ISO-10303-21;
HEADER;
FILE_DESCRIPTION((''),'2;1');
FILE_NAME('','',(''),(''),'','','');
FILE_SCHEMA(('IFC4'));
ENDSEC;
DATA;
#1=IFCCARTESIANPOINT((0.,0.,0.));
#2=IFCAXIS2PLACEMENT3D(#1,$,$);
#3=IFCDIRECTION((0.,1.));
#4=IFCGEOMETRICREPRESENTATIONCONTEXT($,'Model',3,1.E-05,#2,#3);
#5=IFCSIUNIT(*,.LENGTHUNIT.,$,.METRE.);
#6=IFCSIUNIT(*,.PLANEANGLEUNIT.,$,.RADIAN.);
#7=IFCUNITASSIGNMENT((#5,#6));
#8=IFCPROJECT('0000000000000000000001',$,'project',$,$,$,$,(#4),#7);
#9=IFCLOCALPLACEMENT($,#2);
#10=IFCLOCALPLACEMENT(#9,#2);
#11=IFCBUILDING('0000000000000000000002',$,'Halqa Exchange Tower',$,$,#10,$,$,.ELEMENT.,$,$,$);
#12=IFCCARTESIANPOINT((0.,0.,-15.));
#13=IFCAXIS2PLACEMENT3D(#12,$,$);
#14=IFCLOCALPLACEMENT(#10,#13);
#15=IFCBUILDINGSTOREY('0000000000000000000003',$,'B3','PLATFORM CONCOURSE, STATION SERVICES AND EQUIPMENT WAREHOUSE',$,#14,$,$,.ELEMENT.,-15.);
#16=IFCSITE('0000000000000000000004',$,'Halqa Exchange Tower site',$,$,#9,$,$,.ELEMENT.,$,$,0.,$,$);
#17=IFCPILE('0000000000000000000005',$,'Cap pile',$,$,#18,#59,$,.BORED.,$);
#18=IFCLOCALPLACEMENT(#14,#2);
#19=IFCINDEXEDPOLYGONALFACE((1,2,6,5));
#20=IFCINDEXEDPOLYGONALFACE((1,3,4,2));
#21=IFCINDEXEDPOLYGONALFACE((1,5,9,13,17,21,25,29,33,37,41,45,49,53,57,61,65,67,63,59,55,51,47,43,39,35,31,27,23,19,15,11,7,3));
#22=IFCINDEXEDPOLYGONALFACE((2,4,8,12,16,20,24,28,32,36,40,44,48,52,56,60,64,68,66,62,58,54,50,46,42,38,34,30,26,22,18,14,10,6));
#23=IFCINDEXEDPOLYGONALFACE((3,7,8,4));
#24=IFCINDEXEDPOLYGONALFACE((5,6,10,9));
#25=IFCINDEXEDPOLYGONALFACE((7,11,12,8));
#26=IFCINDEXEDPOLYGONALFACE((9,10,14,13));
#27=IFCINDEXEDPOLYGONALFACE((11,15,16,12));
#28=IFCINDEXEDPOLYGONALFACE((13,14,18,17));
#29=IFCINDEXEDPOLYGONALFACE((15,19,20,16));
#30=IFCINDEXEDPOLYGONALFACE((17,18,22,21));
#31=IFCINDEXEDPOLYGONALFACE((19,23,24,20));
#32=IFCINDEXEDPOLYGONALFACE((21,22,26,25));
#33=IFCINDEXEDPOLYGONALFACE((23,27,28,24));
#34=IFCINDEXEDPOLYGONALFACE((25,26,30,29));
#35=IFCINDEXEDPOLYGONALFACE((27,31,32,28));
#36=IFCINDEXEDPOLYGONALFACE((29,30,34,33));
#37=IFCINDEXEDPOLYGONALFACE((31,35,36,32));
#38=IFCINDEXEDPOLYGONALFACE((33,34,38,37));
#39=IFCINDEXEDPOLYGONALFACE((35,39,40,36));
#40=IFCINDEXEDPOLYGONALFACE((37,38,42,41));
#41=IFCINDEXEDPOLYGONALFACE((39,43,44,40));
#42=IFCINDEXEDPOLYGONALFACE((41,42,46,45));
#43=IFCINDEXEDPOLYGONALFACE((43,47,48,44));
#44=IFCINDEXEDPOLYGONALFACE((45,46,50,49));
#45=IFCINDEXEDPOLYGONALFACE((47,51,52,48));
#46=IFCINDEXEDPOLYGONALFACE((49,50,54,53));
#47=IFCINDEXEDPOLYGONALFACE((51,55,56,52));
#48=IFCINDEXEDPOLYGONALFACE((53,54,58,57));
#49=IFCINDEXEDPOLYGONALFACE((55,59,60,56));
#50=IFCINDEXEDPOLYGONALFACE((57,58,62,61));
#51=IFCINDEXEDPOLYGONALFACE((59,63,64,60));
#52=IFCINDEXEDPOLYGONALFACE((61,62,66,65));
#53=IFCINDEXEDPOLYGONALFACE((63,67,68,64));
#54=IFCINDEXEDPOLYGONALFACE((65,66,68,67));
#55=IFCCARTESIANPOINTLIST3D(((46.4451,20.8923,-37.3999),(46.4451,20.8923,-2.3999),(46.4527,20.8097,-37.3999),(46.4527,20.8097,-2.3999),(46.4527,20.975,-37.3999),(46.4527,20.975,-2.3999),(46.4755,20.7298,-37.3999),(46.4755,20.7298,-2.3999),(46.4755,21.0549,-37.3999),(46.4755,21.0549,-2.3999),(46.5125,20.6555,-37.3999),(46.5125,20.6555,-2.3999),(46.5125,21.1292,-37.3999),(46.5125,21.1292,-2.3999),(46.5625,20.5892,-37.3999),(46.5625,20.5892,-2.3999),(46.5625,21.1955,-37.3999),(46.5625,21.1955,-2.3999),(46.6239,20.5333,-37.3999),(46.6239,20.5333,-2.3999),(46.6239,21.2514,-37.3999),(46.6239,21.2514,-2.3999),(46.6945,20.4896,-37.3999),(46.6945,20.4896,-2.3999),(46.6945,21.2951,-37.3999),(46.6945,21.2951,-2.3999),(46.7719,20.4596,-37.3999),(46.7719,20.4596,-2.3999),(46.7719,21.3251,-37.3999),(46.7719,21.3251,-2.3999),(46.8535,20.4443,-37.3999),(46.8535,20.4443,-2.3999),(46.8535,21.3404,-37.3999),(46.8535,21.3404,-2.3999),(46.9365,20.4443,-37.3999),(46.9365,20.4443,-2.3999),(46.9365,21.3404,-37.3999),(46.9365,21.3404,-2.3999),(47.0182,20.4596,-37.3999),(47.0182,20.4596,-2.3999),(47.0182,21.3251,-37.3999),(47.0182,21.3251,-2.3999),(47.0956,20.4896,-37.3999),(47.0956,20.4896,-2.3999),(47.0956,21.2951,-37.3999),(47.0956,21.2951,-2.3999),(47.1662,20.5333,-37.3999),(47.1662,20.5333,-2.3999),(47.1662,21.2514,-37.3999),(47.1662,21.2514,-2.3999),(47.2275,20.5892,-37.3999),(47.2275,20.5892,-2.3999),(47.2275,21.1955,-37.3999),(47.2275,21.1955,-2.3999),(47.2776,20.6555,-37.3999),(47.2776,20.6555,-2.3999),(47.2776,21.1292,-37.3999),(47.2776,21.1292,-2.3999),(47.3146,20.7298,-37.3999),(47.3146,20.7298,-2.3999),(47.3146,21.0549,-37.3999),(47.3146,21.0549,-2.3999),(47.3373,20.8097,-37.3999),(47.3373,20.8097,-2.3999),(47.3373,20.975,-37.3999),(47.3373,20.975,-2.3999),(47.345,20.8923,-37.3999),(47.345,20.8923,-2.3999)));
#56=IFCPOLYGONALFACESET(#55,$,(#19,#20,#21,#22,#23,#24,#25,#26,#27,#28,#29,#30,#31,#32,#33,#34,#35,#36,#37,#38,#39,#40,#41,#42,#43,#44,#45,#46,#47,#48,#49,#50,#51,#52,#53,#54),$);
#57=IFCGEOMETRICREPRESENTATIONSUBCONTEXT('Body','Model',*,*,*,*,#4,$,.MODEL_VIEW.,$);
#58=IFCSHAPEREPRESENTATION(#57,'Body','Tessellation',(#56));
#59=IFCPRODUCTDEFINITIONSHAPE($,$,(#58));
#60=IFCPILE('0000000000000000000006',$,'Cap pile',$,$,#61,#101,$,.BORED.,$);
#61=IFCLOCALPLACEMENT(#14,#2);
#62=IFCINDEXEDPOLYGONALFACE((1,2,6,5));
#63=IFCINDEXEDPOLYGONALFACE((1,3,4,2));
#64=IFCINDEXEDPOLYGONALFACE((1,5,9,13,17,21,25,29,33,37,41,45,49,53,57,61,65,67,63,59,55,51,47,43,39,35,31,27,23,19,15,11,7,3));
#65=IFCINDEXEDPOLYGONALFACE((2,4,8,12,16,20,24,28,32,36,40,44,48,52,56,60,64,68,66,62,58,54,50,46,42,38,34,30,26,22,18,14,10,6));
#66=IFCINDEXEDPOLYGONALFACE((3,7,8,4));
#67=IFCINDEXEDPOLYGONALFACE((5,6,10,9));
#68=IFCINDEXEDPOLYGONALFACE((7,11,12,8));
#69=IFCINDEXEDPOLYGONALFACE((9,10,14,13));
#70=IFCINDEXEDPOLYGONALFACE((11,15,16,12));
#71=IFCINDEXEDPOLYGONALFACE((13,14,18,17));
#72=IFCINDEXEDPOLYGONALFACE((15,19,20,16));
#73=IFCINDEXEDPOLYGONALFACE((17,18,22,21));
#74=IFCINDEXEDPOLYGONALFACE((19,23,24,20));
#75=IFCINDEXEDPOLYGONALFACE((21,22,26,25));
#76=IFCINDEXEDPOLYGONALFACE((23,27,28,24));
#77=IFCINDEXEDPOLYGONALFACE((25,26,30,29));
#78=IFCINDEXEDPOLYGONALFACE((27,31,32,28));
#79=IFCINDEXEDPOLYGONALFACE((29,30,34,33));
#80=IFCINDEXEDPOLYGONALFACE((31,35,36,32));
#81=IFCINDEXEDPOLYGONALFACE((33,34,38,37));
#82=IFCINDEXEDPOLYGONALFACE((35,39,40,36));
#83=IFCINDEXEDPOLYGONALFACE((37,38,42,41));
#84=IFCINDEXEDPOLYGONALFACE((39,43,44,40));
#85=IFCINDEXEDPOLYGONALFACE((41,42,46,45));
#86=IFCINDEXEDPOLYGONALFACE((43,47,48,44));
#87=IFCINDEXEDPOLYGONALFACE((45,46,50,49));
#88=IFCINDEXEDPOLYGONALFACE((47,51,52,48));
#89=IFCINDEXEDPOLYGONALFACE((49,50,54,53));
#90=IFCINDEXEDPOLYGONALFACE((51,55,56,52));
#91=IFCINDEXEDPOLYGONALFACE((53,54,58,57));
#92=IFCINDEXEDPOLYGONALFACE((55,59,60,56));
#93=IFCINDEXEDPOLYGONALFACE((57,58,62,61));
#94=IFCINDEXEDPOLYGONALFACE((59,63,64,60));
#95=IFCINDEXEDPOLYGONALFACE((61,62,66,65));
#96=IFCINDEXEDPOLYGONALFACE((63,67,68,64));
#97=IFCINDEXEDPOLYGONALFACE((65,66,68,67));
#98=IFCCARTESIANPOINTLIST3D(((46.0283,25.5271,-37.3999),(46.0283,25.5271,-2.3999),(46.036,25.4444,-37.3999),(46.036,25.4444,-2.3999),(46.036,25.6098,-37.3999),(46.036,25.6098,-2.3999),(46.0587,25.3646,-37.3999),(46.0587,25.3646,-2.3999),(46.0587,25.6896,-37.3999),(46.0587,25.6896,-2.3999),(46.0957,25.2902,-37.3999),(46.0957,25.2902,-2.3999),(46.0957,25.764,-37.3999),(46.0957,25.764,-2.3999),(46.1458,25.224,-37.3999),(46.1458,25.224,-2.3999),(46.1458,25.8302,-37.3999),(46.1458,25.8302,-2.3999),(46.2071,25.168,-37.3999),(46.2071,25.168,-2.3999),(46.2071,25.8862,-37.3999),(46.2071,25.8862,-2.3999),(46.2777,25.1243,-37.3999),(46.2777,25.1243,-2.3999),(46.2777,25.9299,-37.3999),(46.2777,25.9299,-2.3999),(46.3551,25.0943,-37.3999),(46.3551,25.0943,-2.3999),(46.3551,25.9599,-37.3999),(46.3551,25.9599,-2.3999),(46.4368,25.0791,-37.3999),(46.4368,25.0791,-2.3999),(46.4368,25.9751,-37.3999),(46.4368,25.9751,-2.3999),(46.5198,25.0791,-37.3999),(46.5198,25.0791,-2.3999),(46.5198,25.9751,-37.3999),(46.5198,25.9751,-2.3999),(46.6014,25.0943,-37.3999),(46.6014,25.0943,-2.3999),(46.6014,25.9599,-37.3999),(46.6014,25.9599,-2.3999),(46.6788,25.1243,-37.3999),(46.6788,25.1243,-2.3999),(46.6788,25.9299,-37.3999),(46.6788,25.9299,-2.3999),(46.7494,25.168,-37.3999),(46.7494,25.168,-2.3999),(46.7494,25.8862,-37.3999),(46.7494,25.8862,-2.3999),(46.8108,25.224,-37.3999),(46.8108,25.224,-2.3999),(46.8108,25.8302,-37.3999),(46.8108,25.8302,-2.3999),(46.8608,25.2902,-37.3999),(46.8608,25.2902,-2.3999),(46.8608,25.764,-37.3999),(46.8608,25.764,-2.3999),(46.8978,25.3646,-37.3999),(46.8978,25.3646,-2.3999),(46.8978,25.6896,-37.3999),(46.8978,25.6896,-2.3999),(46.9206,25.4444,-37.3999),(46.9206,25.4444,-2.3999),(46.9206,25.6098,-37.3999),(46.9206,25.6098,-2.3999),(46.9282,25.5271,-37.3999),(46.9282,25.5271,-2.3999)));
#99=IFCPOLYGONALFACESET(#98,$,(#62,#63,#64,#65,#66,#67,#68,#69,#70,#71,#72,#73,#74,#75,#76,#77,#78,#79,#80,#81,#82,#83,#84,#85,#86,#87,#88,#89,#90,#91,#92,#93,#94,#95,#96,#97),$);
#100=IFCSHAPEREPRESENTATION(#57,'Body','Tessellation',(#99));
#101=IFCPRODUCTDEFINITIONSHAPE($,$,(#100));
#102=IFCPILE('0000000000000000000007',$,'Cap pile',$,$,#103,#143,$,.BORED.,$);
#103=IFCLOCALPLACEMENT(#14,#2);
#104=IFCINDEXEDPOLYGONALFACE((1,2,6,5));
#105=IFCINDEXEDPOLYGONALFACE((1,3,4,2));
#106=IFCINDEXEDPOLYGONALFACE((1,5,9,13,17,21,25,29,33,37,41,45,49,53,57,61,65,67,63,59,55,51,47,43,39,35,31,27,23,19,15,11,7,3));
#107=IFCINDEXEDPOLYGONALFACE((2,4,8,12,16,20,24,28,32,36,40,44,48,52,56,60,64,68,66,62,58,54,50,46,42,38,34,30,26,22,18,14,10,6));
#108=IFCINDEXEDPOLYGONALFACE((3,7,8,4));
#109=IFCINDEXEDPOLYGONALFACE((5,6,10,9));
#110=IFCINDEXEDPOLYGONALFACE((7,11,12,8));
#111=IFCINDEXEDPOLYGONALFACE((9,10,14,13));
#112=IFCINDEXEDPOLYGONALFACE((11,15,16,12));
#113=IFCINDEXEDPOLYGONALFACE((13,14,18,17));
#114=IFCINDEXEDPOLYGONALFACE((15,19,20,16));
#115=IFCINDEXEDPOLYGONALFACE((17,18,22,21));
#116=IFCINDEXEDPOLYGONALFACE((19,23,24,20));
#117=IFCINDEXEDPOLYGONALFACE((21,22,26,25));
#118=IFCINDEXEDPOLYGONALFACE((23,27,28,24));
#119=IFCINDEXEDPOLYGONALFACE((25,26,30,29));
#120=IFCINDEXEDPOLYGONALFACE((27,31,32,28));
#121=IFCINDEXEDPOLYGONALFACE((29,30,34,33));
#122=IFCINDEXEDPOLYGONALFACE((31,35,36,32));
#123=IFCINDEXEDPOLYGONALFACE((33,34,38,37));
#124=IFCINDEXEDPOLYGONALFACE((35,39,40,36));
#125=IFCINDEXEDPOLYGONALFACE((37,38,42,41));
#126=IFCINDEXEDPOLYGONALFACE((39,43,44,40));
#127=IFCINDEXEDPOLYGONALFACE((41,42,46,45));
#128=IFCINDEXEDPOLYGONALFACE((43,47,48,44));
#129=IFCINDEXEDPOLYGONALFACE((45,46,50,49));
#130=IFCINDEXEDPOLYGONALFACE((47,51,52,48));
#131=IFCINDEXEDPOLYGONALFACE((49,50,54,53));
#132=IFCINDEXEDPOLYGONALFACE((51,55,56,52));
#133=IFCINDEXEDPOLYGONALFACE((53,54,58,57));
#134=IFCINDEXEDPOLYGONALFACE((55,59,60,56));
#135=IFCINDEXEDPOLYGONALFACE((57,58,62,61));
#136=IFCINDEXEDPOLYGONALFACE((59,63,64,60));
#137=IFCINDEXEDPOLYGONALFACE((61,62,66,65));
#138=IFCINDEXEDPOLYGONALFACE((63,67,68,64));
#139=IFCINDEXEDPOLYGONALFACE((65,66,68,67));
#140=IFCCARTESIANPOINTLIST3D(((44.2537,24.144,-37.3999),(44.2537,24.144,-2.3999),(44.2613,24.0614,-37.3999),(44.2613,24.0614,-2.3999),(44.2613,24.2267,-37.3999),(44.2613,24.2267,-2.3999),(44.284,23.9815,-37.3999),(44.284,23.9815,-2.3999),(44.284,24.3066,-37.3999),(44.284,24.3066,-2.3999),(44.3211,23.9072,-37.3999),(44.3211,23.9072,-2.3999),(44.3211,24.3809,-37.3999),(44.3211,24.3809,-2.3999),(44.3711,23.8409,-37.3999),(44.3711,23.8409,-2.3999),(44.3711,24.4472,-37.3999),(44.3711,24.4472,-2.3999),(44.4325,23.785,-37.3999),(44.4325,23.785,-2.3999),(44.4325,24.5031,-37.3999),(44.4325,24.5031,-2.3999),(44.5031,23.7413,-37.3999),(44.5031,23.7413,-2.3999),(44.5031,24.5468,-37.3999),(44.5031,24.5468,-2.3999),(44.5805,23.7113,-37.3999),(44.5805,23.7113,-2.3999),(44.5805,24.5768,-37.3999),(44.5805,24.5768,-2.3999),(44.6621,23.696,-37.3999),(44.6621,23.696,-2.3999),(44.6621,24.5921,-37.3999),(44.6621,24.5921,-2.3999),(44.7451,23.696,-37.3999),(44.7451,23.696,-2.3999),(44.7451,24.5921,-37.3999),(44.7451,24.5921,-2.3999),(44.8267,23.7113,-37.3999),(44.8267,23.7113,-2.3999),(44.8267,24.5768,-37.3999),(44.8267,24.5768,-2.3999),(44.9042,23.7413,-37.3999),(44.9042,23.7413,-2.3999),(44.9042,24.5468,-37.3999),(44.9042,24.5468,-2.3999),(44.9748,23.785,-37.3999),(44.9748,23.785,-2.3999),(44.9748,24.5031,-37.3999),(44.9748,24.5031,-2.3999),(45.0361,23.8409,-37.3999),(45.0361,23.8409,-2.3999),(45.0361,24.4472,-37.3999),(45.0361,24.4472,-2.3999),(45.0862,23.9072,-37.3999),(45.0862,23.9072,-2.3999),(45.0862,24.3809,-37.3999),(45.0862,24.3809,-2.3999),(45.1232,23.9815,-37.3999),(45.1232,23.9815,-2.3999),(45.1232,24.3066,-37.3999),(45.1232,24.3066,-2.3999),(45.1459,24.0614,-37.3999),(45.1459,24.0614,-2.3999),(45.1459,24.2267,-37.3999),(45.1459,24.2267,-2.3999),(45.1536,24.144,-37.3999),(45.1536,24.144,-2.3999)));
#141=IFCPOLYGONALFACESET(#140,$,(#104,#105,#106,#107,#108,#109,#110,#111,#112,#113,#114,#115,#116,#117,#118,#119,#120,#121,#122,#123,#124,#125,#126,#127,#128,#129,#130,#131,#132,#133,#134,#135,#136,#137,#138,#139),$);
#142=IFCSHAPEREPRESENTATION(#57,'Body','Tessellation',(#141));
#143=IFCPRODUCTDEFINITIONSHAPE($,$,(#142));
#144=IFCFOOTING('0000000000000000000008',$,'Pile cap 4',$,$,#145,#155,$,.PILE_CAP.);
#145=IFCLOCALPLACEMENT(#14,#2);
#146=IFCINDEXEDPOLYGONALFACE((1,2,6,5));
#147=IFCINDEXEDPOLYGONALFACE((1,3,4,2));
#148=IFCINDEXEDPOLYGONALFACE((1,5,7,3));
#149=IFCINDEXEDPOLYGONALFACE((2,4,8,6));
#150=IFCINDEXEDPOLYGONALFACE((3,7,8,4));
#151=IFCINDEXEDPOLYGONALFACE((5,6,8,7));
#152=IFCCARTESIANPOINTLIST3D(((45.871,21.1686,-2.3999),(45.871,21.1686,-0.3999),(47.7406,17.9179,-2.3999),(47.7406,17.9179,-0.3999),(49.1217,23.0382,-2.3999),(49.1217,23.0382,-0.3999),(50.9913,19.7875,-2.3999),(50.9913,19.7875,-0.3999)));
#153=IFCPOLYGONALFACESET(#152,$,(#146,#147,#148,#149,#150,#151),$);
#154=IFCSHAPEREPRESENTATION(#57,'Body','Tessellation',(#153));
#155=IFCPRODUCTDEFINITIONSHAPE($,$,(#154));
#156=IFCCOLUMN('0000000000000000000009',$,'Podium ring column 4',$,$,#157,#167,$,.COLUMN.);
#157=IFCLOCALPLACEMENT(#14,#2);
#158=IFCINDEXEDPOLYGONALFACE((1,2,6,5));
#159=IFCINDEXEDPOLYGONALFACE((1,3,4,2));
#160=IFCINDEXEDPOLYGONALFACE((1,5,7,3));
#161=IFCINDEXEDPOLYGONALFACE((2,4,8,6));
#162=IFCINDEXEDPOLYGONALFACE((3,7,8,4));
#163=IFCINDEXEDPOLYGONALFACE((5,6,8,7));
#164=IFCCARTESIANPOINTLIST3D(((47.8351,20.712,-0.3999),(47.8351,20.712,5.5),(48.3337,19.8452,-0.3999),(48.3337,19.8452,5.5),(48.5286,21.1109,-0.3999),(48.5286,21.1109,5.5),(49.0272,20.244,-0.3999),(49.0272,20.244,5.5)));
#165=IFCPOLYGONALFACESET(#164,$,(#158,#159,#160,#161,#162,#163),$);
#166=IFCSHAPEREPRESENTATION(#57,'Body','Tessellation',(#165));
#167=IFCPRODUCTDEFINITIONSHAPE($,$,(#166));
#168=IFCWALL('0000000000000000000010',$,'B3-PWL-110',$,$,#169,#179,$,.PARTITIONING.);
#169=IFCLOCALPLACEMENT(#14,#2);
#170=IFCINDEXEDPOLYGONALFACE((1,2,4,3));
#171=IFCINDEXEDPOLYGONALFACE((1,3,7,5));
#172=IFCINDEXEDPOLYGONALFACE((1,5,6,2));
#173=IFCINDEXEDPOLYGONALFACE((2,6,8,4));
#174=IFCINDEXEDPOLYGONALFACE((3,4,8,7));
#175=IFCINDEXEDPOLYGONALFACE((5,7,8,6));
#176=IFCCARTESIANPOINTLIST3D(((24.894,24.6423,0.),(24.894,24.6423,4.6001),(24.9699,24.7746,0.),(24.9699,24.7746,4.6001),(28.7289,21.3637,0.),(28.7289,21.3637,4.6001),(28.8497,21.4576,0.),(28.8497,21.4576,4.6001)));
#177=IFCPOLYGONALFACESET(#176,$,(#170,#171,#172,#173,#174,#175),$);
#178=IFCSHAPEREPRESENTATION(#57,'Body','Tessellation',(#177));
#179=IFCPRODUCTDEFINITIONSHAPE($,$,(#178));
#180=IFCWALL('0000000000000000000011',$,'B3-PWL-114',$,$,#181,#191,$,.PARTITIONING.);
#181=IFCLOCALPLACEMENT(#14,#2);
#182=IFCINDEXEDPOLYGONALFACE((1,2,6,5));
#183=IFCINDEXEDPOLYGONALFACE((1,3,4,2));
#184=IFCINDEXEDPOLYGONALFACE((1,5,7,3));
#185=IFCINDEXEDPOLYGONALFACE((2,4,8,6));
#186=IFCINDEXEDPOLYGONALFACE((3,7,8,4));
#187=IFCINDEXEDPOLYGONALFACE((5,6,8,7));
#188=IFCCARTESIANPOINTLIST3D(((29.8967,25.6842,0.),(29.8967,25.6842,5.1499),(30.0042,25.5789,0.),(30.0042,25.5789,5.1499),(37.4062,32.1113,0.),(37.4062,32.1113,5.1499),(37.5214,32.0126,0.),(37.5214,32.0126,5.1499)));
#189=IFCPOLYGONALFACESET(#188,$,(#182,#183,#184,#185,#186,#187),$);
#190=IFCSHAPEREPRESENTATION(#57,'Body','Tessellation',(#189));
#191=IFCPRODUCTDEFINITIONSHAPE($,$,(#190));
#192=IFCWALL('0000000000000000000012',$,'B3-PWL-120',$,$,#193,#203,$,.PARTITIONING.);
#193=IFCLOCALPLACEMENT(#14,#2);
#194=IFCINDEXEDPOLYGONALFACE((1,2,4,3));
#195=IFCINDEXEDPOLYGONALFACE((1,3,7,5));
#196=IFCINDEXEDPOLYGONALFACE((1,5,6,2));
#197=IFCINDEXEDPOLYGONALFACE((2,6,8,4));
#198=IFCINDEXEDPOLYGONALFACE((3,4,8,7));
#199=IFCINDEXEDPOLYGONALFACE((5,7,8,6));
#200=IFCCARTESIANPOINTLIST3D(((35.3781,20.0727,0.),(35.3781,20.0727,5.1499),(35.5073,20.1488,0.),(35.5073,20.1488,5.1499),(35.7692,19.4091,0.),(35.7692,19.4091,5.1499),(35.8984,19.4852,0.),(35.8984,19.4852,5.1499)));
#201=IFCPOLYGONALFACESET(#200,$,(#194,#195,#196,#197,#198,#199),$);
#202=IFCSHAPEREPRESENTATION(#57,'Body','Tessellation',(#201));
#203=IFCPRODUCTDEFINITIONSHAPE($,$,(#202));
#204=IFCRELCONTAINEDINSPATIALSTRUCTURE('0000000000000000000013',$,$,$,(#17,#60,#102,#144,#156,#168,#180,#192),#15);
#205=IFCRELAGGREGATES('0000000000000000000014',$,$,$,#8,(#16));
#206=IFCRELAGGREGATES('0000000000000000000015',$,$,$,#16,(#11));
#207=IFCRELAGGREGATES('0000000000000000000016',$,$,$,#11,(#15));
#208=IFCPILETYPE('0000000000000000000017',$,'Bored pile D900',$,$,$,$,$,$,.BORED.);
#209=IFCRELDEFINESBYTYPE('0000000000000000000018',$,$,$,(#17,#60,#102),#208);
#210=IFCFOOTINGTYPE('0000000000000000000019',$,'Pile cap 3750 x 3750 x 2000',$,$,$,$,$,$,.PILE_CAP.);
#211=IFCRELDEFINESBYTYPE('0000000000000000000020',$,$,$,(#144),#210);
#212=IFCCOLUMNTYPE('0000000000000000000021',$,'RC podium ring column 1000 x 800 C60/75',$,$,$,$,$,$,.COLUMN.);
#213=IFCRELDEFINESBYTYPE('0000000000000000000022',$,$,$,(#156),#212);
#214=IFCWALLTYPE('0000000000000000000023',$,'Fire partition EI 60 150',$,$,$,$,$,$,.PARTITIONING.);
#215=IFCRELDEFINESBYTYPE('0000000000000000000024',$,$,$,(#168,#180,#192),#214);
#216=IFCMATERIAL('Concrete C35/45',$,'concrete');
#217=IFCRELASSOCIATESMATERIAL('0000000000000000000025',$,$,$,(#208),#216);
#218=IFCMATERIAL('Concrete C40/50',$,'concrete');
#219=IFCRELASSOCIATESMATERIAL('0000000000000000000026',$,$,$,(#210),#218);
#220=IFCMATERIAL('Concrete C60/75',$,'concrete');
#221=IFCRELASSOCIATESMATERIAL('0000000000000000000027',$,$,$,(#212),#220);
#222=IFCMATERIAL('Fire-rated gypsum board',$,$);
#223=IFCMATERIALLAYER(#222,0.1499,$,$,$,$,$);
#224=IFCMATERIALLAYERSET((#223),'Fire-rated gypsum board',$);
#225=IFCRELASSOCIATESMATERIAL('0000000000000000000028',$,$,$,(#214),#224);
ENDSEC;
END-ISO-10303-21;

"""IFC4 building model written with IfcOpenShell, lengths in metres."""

from ifc_helpers import new_model, si_unit, direction, frame, frame_2d, origin, origin_2d, place, context, subcontext, project, spatial, polyline, rectangle, circle, outline, extrude, material, layer, layer_set, material_profile, profile_set, type_object, element, save


model = new_model("IFC4")

# Units and contexts
model_context = context("Model", 3, precision=1e-05, world=origin(), true_north=direction((0.0, 1.0)))
body_context = subcontext(model_context, "Body", "Model", "MODEL_VIEW")
ifc_project = project(units=[si_unit("LENGTHUNIT", "METRE"), si_unit("PLANEANGLEUNIT", "RADIAN")], contexts=[model_context])

# Site, building, storey
site_placement = place(None, origin())
site = spatial("IfcSite", under=ifc_project, at=site_placement, Name="Halqa Exchange Tower site", CompositionType="ELEMENT", RefElevation=0.0)
building_placement = place(site_placement, origin())
building = spatial("IfcBuilding", under=site, at=building_placement, Name="Halqa Exchange Tower", CompositionType="ELEMENT")
storey_placement = place(building_placement, frame((0.0, 0.0, -15.0)))
storey = spatial("IfcBuildingStorey", under=building, at=storey_placement, Name="B3", Description="PLATFORM CONCOURSE, STATION SERVICES AND EQUIPMENT WAREHOUSE", CompositionType="ELEMENT", Elevation=-15.0)

# Piles
ifc_material_1 = material(Name="Concrete C35/45", Category="concrete")
ifc_material_profile_1 = material_profile(ifc_material_1, circle(Radius=0.45, at=origin_2d()), Name="D900")
ifc_profile_set_1 = profile_set([ifc_material_profile_1], Name="Concrete C35/45")
pile_type_1 = type_object("IfcPileType", Name="Bored pile D900", PredefinedType="BORED", material=ifc_profile_set_1)
for number, where, z_axis, x_axis, name in (
    (1, (46.895, 20.8923, -2.3999), (0.0, 0.0, -1.0), (1.0, 0.0, 0.0), "Cap pile"),
    (2, (46.4783, 25.5271, -2.3999), (0.0, 0.0, -1.0), (1.0, 0.0, 0.0), "Cap pile"),
    (3, (44.7036, 24.144, -2.3999), (0.0, 0.0, -1.0), (1.0, 0.0, 0.0), "Cap pile"),
):
    element("IfcPile", number, at=place(storey_placement, frame(where, z_axis=z_axis, x_axis=x_axis)), inside=storey, type_object=pile_type_1, Name=name, PredefinedType="BORED", context=body_context, shape_type="SweptSolid", body=[
        extrude(circle(Radius=0.45, at=origin_2d()), origin(), (0.0, 0.0, 1.0), 35.0),
    ])

# Footing
ifc_material_2 = material(Name="Concrete C40/50", Category="concrete")
footing_type = type_object("IfcFootingType", Name="Pile cap 3750 x 3750 x 2000", PredefinedType="PILE_CAP", material=ifc_material_2)
footing_placement = place(storey_placement, frame((48.4312, 20.478, -2.3999), z_axis=(0.0, 0.0, 1.0), x_axis=(-0.498569, 0.86685, 0.0)))
element("IfcFooting", 4, at=footing_placement, inside=storey, type_object=footing_type, Name="Pile cap 4", PredefinedType="PILE_CAP", context=body_context, shape_type="SweptSolid", body=[
    extrude(rectangle(XDim=3.75, YDim=3.75, at=origin_2d()), origin(), (0.0, 0.0, 1.0), 2.0),
])

# Column
ifc_material_3 = material(Name="Concrete C60/75", Category="concrete")
ifc_material_profile_2 = material_profile(ifc_material_3, rectangle(XDim=1.0, YDim=0.8, at=origin_2d()), Name="1000 x 800")
ifc_profile_set_2 = profile_set([ifc_material_profile_2], Name="Concrete C60/75")
column_type = type_object("IfcColumnType", Name="RC podium ring column 1000 x 800 C60/75", PredefinedType="COLUMN", material=ifc_profile_set_2)
column_placement = place(storey_placement, frame((48.4312, 20.478, -0.3999), z_axis=(0.0, 0.0, 1.0), x_axis=(-0.498569, 0.86685, 0.0)))
element("IfcColumn", 5, at=column_placement, inside=storey, type_object=column_type, Name="Podium ring column 4", PredefinedType="COLUMN", context=body_context, shape_type="SweptSolid", body=[
    extrude(rectangle(XDim=1.0, YDim=0.8, at=origin_2d()), origin(), (0.0, 0.0, 1.0), 5.8999),
])

# Walls
ifc_material_4 = material(Name="Fire-rated gypsum board")
ifc_layer_1 = layer(ifc_material_4, 0.1499)
ifc_layer_set_1 = layer_set([ifc_layer_1], Name="Fire-rated gypsum board")
wall_type_1 = type_object("IfcWallType", Name="Fire partition EI 60 150", PredefinedType="PARTITIONING", material=ifc_layer_set_1)
wall_1_placement = place(storey_placement, frame((28.7893, 21.4106, 0.0), z_axis=(0.0, 0.0, 1.0), x_axis=(-0.760085, 0.649824, 0.0)))
element("IfcWall", 6, at=wall_1_placement, inside=storey, type_object=wall_type_1, Name="B3-PWL-110", PredefinedType="PARTITIONING", context=body_context, shape_type="SweptSolid", body=[
    extrude(outline(polyline([(-0.0154, -0.075), (5.0891, -0.075), (5.0608, 0.075), (0.0154, 0.075), (-0.0154, -0.075)])), origin(), (0.0, 0.0, 1.0), 4.6001),
])
wall_2_placement = place(storey_placement, frame((29.9504, 25.6316, 0.0), z_axis=(0.0, 0.0, 1.0), x_axis=(0.759739, 0.650228, 0.0)))
element("IfcWall", 7, at=wall_2_placement, inside=storey, type_object=wall_type_1, Name="B3-PWL-114", PredefinedType="PARTITIONING", context=body_context, shape_type="SweptSolid", body=[
    extrude(outline(polyline([(0.0066, -0.075), (9.9011, -0.075), (9.8777, 0.075), (-0.0066, 0.075), (0.0066, -0.075)])), origin(), (0.0, 0.0, 1.0), 5.1499),
])
wall_3_placement = place(storey_placement, frame((35.4426, 20.1108, 0.0), z_axis=(0.0, 0.0, 1.0), x_axis=(0.507768, -0.861494, 0.0)))
element("IfcWall", 8, at=wall_3_placement, inside=storey, type_object=wall_type_1, Name="B3-PWL-120", PredefinedType="PARTITIONING", context=body_context, shape_type="SweptSolid", body=[
    extrude(rectangle(XDim=0.7703, YDim=0.1499, at=frame_2d((0.3853, 0.0))), origin(), (0.0, 0.0, 1.0), 5.1499),
])

save(model, "model.ifc")
